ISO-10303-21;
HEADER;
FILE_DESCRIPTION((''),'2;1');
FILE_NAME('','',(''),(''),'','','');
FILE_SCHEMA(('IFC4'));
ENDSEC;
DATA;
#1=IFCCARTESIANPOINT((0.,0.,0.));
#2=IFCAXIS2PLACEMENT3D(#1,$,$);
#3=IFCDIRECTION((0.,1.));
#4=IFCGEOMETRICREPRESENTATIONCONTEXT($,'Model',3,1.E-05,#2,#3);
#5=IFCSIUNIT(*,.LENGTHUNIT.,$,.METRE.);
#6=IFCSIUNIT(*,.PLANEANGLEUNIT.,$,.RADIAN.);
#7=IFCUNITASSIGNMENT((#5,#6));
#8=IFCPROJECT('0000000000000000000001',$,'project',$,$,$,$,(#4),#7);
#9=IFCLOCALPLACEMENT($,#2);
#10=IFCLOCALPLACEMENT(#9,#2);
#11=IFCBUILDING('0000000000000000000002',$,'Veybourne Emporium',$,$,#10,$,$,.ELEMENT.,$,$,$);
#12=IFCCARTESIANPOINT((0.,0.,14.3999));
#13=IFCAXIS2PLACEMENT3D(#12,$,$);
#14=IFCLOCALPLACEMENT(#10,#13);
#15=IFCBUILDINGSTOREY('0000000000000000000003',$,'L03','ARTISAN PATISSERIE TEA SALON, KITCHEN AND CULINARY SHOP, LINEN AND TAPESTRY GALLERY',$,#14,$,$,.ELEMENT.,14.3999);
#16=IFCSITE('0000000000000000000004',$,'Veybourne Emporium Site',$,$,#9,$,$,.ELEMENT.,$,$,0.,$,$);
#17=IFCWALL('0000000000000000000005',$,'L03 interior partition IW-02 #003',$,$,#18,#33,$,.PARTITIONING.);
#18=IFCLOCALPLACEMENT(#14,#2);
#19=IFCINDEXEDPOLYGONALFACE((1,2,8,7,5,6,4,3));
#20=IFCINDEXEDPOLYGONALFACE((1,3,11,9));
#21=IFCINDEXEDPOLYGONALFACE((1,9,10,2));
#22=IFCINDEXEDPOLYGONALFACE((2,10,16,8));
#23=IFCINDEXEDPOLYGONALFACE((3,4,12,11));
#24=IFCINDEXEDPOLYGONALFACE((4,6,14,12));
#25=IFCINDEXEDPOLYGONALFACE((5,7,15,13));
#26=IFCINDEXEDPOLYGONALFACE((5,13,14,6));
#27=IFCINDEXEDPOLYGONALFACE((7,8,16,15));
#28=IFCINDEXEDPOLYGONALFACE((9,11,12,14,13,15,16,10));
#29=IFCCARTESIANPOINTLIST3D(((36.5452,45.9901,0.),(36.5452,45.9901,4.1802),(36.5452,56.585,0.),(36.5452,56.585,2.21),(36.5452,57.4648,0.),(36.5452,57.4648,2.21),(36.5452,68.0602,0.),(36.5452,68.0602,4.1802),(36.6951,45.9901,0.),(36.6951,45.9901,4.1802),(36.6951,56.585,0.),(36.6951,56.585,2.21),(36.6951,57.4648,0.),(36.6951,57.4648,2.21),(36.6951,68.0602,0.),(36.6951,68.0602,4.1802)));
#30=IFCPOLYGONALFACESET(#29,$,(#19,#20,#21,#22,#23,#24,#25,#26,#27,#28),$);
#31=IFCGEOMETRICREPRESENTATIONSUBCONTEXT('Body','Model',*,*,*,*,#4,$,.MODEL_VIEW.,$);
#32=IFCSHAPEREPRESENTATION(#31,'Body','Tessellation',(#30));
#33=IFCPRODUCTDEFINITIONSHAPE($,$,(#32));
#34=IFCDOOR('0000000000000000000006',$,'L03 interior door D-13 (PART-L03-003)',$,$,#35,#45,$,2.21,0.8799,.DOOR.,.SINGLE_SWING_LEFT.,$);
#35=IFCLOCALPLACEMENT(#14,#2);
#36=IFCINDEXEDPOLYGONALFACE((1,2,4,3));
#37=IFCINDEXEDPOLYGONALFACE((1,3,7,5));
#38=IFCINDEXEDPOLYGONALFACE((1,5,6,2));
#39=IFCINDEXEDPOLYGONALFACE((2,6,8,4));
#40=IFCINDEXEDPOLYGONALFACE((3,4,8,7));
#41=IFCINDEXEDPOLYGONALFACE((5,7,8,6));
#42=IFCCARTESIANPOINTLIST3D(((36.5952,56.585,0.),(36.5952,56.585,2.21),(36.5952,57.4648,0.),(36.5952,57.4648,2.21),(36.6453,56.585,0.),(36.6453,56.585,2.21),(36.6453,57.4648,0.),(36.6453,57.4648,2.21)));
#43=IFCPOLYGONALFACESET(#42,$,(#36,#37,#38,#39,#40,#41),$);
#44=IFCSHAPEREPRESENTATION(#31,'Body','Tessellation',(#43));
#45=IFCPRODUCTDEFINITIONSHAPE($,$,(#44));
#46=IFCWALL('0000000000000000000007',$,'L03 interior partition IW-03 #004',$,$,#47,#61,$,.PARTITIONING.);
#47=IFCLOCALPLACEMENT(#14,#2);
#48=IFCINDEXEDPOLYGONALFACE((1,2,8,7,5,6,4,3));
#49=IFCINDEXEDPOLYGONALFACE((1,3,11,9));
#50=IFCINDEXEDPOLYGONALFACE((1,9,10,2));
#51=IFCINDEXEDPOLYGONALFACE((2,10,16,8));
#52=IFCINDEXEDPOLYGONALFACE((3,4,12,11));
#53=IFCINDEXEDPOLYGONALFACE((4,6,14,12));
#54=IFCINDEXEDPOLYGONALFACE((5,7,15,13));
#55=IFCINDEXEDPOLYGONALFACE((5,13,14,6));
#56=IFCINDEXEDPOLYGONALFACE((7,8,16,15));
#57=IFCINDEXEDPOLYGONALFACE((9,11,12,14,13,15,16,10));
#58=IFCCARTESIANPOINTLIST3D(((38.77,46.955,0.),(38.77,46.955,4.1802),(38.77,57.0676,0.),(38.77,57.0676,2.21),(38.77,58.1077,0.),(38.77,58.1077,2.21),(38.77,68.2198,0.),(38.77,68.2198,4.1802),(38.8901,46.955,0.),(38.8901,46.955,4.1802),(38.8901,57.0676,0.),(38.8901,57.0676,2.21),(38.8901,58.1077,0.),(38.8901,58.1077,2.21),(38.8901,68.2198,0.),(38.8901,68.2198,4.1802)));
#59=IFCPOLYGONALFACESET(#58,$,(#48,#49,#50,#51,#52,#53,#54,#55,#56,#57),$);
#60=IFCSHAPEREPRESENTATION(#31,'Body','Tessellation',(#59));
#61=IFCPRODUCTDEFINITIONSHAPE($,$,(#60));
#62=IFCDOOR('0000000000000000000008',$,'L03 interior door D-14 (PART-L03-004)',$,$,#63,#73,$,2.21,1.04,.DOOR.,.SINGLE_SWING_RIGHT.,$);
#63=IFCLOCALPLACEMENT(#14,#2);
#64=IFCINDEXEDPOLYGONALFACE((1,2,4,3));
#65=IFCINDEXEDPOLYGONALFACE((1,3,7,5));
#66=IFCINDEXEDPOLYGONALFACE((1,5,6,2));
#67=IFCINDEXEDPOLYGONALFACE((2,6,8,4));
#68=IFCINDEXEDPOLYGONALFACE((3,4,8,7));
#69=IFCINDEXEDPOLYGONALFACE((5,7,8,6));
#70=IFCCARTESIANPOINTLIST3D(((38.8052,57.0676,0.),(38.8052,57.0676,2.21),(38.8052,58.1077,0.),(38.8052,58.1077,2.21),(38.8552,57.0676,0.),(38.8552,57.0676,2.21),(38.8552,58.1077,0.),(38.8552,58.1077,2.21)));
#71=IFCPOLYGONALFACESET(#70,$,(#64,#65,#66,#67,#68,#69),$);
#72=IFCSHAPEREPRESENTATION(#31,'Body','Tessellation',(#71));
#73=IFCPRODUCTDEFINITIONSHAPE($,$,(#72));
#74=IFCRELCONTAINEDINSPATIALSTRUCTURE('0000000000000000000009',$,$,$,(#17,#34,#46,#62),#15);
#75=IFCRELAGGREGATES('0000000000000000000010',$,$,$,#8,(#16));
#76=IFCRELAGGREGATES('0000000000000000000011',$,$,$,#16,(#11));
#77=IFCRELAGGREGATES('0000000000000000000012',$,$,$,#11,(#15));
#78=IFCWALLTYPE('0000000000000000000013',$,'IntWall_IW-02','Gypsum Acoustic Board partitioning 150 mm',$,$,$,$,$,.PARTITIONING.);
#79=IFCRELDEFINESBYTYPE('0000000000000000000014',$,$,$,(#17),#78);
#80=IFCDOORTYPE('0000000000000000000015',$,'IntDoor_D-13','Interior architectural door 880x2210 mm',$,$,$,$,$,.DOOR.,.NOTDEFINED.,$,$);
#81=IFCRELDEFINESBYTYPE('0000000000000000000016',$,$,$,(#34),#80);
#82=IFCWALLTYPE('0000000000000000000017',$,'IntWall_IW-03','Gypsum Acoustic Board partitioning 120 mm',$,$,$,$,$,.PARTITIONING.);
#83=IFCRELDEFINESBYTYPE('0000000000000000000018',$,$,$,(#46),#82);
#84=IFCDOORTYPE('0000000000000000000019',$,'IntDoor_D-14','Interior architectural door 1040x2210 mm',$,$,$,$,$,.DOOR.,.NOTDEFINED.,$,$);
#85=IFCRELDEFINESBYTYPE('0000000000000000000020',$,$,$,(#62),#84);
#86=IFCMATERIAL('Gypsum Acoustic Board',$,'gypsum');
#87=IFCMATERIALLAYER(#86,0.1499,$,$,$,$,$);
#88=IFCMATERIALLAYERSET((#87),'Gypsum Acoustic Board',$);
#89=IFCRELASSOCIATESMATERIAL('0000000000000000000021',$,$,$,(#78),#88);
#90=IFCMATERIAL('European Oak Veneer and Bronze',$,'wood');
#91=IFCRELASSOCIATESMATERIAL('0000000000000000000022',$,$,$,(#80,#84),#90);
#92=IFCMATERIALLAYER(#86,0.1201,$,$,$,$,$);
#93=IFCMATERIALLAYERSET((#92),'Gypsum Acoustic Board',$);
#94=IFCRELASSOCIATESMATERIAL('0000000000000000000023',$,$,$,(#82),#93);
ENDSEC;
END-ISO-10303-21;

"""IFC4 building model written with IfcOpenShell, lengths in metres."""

from ifc_helpers import new_model, si_unit, direction, frame, frame_2d, origin, place, context, subcontext, project, spatial, rectangle, extrude, material, layer, layer_set, type_object, element, fill, save


model = new_model("IFC4")

# Units and contexts
model_context = context("Model", 3, precision=1e-05, world=origin(), true_north=direction((0.0, 1.0)))
body_context = subcontext(model_context, "Body", "Model", "MODEL_VIEW")
ifc_project = project(units=[si_unit("LENGTHUNIT", "METRE"), si_unit("PLANEANGLEUNIT", "RADIAN")], contexts=[model_context])

# Site, building, storey
site_placement = place(None, origin())
site = spatial("IfcSite", under=ifc_project, at=site_placement, Name="Veybourne Emporium Site", CompositionType="ELEMENT", RefElevation=0.0)
building_placement = place(site_placement, origin())
building = spatial("IfcBuilding", under=site, at=building_placement, Name="Veybourne Emporium", CompositionType="ELEMENT")
storey_placement = place(building_placement, frame((0.0, 0.0, 14.3999)))
storey = spatial("IfcBuildingStorey", under=building, at=storey_placement, Name="L03", Description="ARTISAN PATISSERIE TEA SALON, KITCHEN AND CULINARY SHOP, LINEN AND TAPESTRY GALLERY", CompositionType="ELEMENT", Elevation=14.3999)

# Walls, openings, doors
ifc_material_1 = material(Name="Gypsum Acoustic Board", Category="gypsum")
ifc_layer_1 = layer(ifc_material_1, 0.1499)
ifc_layer_set_1 = layer_set([ifc_layer_1], Name="Gypsum Acoustic Board")
wall_type_1 = type_object("IfcWallType", Name="IntWall_IW-02", Description="Gypsum Acoustic Board partitioning 150 mm", PredefinedType="PARTITIONING", material=ifc_layer_set_1)
wall_1_placement = place(storey_placement, frame((36.6201, 45.99, 0.0), z_axis=(0.0, 0.0, 1.0), x_axis=(0.0, 1.0, 0.0)))
wall_1 = element("IfcWall", 1, at=wall_1_placement, inside=storey, type_object=wall_type_1, Name="L03 interior partition IW-02 #003", PredefinedType="PARTITIONING", context=body_context, shape_type="SweptSolid", body=[
    extrude(rectangle(XDim=22.0701, YDim=0.1499, at=frame_2d((11.0352, 0.0))), origin(), (0.0, 0.0, 1.0), 4.1802),
])
opening_1_placement = place(wall_1_placement, frame((10.595, 0.0, 0.0)))
opening_1 = element("IfcOpeningElement", 2, at=opening_1_placement, cuts=wall_1, PredefinedType="OPENING", context=body_context, shape_type="SweptSolid", body=[
    extrude(rectangle(XDim=0.8799, YDim=2.21, at=frame_2d((0.4399, 1.105))), frame((0.0, 0.095, 0.0), z_axis=(0.0, -1.0, 0.0), x_axis=(1.0, 0.0, 0.0)), (0.0, 0.0, 1.0), 0.1899),
])
ifc_material_2 = material(Name="European Oak Veneer and Bronze", Category="wood")
door_type_1 = type_object("IfcDoorType", Name="IntDoor_D-13", Description="Interior architectural door 880x2210 mm", OperationType="NOTDEFINED", PredefinedType="DOOR", material=ifc_material_2)
door_1_placement = place(opening_1_placement, origin())
door_1 = element("IfcDoor", 3, at=door_1_placement, inside=storey, type_object=door_type_1, Name="L03 interior door D-13 (PART-L03-003)", OperationType="SINGLE_SWING_LEFT", OverallHeight=2.21, OverallWidth=0.8799, PredefinedType="DOOR", context=body_context, shape_type="SweptSolid", body=[
    extrude(rectangle(XDim=0.8799, YDim=2.21, at=frame_2d((0.4399, 1.105))), frame((0.0, 0.0249, 0.0), z_axis=(0.0, -1.0, 0.0), x_axis=(1.0, 0.0, 0.0)), (0.0, 0.0, 1.0), 0.05),
])
fill(opening_1, door_1)
ifc_layer_2 = layer(ifc_material_1, 0.1201)
ifc_layer_set_2 = layer_set([ifc_layer_2], Name="Gypsum Acoustic Board")
wall_type_2 = type_object("IfcWallType", Name="IntWall_IW-03", Description="Gypsum Acoustic Board partitioning 120 mm", PredefinedType="PARTITIONING", material=ifc_layer_set_2)
wall_2_placement = place(storey_placement, frame((38.8301, 46.9551, 0.0), z_axis=(0.0, 0.0, 1.0), x_axis=(0.0, 1.0, 0.0)))
wall_2 = element("IfcWall", 4, at=wall_2_placement, inside=storey, type_object=wall_type_2, Name="L03 interior partition IW-03 #004", PredefinedType="PARTITIONING", context=body_context, shape_type="SweptSolid", body=[
    extrude(rectangle(XDim=21.2649, YDim=0.1201, at=frame_2d((10.6323, 0.0))), origin(), (0.0, 0.0, 1.0), 4.1802),
])
opening_2_placement = place(wall_2_placement, frame((10.1125, 0.0, 0.0)))
opening_2 = element("IfcOpeningElement", 5, at=opening_2_placement, cuts=wall_2, PredefinedType="OPENING", context=body_context, shape_type="SweptSolid", body=[
    extrude(rectangle(XDim=1.04, YDim=2.21, at=frame_2d((0.52, 1.105))), frame((0.0, 0.0801, 0.0), z_axis=(0.0, -1.0, 0.0), x_axis=(1.0, 0.0, 0.0)), (0.0, 0.0, 1.0), 0.1602),
])
door_type_2 = type_object("IfcDoorType", Name="IntDoor_D-14", Description="Interior architectural door 1040x2210 mm", OperationType="NOTDEFINED", PredefinedType="DOOR", material=ifc_material_2)
door_2_placement = place(opening_2_placement, origin())
door_2 = element("IfcDoor", 6, at=door_2_placement, inside=storey, type_object=door_type_2, Name="L03 interior door D-14 (PART-L03-004)", OperationType="SINGLE_SWING_RIGHT", OverallHeight=2.21, OverallWidth=1.04, PredefinedType="DOOR", context=body_context, shape_type="SweptSolid", body=[
    extrude(rectangle(XDim=1.04, YDim=2.21, at=frame_2d((0.52, 1.105))), frame((0.0, 0.0249, 0.0), z_axis=(0.0, -1.0, 0.0), x_axis=(1.0, 0.0, 0.0)), (0.0, 0.0, 1.0), 0.05),
])
fill(opening_2, door_2)

save(model, "model.ifc")
